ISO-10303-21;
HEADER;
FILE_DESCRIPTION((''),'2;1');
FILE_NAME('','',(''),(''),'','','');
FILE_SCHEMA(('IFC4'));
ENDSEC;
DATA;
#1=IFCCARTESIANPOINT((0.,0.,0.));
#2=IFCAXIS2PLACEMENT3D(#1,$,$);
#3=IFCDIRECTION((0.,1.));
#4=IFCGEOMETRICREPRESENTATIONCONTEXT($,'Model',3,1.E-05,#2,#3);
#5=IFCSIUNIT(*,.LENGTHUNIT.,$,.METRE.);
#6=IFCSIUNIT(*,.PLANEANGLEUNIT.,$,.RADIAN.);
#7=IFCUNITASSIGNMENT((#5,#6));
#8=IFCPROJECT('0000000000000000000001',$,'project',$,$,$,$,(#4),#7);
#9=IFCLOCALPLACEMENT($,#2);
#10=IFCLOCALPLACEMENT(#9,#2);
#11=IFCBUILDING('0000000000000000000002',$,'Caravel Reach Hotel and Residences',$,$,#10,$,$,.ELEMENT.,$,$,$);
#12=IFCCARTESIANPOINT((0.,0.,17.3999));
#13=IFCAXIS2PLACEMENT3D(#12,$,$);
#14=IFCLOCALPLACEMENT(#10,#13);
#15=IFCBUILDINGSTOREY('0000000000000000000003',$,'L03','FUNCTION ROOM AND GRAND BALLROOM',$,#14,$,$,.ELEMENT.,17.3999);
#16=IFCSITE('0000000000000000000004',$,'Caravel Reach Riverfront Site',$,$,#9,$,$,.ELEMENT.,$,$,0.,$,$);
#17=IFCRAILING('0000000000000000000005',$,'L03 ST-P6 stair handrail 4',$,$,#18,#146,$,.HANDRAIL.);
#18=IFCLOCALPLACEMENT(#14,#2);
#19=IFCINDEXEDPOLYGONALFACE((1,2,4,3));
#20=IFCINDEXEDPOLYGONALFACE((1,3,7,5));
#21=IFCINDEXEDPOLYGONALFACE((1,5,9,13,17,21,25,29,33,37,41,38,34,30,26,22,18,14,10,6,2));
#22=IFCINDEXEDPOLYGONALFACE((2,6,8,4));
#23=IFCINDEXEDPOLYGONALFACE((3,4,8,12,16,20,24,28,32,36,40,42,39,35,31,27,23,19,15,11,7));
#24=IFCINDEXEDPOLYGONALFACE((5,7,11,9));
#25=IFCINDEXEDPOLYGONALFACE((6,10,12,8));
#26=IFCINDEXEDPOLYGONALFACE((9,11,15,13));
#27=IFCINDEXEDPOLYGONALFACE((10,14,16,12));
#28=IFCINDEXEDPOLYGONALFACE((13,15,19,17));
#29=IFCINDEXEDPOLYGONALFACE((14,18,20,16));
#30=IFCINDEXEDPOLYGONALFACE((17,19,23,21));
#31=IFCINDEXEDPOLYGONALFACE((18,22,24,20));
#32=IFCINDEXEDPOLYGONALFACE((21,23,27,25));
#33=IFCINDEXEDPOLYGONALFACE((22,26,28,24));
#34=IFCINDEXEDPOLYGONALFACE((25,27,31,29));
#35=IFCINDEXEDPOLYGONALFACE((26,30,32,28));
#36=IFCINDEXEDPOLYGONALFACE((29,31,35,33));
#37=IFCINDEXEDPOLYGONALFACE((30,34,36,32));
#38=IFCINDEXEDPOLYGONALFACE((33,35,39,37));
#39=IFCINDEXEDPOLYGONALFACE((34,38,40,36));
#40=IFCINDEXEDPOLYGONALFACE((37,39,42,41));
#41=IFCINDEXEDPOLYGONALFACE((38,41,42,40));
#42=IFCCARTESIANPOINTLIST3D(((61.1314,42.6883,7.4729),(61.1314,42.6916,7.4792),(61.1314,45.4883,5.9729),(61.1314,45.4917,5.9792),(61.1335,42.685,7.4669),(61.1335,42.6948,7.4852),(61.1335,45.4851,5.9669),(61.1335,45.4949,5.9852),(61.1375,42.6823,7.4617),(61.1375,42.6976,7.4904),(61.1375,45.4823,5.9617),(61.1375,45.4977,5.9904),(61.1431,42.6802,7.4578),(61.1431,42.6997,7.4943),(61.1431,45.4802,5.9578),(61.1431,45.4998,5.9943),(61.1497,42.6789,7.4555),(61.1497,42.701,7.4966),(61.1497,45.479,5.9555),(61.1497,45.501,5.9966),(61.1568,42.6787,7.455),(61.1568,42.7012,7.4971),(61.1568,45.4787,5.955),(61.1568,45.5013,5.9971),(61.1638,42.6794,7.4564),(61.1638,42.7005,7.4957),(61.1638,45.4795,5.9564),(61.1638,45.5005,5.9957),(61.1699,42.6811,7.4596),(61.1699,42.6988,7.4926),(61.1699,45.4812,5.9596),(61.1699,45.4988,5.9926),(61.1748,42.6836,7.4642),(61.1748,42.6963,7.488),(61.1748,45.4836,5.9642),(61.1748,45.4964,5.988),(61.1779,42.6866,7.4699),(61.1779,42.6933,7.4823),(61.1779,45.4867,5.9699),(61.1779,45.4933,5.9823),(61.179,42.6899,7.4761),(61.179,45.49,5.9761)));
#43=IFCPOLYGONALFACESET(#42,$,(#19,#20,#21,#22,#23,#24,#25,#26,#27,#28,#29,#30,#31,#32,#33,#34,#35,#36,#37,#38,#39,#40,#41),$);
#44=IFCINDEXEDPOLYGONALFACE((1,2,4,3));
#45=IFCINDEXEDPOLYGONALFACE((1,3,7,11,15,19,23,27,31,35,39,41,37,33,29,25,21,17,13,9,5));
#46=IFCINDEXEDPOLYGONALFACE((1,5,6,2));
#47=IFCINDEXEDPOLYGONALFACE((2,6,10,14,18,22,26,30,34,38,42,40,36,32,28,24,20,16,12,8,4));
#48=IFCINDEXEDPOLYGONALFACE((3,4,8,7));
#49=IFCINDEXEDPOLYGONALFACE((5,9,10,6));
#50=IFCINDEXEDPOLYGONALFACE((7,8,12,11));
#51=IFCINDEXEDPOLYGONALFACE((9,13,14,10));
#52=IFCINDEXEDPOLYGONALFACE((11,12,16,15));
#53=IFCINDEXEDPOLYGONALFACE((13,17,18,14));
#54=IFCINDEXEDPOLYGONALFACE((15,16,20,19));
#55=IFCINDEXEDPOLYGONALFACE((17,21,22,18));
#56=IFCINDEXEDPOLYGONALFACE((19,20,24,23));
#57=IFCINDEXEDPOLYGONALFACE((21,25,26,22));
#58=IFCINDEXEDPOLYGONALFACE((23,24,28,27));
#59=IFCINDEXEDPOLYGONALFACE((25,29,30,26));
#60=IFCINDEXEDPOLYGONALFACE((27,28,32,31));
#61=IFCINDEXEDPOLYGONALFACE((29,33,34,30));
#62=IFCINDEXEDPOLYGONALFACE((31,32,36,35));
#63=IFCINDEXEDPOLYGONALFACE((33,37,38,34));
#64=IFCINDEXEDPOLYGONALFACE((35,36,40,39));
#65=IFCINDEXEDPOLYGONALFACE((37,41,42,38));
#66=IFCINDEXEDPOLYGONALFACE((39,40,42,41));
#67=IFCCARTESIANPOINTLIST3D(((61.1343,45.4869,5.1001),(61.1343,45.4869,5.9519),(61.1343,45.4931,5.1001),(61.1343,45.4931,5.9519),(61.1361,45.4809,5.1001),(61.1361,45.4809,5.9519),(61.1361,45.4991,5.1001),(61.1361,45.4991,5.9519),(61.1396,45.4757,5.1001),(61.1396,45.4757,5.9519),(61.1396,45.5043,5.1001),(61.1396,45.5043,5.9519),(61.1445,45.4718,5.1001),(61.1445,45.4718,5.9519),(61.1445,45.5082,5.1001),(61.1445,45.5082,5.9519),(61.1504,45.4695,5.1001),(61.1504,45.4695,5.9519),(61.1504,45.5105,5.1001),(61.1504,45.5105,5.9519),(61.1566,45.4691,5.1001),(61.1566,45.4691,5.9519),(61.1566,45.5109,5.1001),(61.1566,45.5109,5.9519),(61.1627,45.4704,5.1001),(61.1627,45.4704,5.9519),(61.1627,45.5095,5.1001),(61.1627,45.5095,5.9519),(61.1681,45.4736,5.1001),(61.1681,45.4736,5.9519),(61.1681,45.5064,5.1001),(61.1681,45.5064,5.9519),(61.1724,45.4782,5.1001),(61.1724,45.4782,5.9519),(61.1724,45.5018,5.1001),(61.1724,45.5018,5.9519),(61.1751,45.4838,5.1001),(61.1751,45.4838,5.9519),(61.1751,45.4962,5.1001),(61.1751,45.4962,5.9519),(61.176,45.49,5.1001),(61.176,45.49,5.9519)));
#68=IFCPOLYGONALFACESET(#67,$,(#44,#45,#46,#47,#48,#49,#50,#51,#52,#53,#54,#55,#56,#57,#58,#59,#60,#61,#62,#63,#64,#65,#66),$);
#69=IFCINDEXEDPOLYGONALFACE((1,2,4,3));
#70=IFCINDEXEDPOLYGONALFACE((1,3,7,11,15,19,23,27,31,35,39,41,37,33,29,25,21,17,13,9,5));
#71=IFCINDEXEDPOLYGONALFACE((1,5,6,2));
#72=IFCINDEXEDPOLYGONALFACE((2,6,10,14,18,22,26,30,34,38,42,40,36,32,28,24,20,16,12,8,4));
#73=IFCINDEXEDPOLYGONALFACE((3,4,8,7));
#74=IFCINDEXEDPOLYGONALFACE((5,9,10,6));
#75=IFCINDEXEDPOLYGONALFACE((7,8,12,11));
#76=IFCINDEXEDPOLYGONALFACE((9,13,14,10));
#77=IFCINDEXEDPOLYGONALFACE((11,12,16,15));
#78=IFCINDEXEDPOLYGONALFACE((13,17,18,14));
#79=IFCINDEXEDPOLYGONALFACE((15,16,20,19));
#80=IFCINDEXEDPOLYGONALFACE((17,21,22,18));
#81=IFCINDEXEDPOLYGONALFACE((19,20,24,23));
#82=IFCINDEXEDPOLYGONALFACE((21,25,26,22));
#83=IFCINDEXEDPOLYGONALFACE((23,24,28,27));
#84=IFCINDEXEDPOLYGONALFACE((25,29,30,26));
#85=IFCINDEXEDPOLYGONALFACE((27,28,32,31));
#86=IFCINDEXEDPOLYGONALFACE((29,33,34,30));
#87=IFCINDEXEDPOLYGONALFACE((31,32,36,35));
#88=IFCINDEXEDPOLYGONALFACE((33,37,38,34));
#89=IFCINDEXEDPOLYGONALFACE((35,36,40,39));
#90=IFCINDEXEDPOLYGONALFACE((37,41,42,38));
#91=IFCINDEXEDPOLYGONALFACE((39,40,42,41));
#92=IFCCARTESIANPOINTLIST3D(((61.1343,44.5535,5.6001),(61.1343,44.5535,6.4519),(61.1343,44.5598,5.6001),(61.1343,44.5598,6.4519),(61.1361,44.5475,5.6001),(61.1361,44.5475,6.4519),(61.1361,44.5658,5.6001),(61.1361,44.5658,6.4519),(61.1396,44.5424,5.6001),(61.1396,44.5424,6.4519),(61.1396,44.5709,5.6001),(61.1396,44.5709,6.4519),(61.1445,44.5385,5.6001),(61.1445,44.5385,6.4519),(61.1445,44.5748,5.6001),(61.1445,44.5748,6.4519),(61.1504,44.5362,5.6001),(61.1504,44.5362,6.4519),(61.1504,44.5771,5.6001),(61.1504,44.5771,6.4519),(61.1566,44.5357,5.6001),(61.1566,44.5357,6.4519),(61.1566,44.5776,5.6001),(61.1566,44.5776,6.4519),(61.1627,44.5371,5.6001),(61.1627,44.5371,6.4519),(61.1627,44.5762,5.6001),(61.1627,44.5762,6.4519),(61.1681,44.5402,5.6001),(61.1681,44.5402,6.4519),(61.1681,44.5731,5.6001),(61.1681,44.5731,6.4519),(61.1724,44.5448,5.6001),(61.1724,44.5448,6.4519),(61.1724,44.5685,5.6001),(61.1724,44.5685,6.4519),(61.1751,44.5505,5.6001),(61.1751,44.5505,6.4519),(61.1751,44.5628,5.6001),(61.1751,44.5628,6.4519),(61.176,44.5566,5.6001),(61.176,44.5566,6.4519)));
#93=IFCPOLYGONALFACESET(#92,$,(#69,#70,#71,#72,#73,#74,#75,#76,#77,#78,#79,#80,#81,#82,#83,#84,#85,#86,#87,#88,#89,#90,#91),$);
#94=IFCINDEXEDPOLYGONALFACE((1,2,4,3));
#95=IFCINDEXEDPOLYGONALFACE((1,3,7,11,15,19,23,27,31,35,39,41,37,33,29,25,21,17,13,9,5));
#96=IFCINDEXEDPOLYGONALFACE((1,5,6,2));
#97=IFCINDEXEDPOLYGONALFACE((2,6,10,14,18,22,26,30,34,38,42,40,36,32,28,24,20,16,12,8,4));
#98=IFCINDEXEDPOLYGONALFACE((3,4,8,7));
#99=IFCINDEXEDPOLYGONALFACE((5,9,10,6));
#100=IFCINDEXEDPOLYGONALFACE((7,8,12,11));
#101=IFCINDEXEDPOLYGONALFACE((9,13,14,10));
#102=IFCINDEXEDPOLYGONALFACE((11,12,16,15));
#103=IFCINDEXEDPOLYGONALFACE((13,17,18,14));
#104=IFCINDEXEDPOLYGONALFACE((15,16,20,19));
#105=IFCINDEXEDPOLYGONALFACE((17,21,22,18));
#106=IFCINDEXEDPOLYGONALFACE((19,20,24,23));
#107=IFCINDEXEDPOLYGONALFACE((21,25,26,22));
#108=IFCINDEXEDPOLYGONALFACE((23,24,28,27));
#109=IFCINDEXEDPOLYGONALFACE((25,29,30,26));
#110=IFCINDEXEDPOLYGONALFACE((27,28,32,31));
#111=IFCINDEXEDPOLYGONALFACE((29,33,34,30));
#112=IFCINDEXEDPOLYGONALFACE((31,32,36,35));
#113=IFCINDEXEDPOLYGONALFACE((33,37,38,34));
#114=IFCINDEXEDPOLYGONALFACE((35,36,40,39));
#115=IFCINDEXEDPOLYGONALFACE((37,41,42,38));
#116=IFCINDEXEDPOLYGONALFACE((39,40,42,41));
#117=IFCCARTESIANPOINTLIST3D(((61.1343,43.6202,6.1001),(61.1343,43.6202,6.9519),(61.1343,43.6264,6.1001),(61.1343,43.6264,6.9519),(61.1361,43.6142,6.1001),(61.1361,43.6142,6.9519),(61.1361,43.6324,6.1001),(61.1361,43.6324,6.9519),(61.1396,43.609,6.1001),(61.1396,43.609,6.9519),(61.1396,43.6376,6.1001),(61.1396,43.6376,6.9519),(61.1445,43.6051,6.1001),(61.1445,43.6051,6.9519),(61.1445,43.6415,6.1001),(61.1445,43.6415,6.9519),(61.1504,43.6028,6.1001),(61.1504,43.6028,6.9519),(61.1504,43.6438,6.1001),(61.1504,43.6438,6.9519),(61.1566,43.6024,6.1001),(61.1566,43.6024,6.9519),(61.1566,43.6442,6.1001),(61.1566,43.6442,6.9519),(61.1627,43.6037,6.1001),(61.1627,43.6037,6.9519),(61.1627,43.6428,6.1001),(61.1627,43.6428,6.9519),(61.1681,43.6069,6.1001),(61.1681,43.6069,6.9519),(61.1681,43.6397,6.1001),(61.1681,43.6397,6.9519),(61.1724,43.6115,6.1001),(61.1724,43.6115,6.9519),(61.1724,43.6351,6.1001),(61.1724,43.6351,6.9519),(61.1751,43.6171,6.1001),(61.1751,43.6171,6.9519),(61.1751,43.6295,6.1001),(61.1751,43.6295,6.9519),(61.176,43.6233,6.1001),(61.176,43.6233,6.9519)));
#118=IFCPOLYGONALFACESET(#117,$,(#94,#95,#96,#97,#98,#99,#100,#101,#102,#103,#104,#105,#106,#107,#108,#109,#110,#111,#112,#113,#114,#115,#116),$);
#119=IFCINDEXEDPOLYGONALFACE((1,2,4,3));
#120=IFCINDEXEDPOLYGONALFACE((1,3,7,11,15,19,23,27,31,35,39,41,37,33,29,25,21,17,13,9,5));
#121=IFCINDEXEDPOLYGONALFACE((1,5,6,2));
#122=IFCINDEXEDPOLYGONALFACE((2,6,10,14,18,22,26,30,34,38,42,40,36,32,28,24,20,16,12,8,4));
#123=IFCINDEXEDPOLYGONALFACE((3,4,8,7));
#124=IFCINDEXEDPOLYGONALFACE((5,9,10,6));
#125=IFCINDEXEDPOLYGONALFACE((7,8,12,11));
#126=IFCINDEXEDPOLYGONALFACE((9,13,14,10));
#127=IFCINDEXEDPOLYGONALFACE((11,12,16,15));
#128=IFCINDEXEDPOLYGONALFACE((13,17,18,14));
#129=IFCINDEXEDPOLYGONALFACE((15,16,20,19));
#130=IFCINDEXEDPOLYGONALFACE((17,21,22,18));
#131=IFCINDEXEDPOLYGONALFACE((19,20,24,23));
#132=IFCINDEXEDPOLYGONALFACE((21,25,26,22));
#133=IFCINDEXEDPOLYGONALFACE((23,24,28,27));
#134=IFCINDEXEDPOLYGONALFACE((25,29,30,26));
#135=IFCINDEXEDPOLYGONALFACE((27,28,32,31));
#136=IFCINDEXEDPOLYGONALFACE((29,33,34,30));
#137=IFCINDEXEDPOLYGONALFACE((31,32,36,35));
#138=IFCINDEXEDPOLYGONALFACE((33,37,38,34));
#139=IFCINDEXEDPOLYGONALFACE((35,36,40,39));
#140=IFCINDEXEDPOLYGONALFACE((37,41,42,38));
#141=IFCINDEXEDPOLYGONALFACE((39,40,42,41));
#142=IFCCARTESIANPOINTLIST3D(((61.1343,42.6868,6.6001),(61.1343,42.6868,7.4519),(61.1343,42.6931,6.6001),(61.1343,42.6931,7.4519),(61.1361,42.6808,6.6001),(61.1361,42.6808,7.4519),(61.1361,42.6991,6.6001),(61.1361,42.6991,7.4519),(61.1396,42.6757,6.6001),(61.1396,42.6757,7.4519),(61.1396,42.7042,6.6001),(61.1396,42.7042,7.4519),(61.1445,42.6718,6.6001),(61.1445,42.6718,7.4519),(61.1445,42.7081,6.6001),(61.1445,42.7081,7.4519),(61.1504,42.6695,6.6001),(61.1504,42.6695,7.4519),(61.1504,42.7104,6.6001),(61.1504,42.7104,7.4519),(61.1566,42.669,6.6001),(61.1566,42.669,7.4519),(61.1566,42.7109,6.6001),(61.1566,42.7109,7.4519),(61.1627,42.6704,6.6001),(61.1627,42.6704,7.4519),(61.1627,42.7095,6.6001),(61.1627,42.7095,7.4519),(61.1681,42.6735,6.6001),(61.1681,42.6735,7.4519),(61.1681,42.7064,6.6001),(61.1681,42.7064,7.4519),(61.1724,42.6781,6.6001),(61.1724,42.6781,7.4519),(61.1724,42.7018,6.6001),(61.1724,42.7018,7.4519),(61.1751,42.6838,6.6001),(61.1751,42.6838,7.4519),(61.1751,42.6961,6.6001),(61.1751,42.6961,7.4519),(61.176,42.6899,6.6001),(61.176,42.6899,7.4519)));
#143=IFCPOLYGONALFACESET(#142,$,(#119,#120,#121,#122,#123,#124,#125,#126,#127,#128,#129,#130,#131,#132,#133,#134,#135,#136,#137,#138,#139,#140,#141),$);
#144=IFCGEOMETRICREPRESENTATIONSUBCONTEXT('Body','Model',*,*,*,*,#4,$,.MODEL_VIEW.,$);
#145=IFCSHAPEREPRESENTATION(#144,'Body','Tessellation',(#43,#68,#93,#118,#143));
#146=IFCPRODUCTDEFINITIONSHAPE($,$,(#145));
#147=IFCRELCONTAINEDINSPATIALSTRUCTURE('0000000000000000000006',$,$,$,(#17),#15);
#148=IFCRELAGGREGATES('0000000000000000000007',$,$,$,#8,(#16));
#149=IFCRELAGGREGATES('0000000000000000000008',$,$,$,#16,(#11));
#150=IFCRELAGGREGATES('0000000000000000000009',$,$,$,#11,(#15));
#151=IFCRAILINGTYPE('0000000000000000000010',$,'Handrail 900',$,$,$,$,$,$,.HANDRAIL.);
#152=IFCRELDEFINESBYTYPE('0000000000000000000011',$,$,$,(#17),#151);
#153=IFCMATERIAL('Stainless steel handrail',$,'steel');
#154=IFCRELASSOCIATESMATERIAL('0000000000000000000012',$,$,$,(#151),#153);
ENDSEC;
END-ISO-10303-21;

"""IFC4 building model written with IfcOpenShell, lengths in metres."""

from ifc_helpers import new_model, si_unit, direction, frame, origin, origin_2d, place, context, subcontext, project, spatial, circle, extrude, material, type_object, element, save


model = new_model("IFC4")

# Units and contexts
model_context = context("Model", 3, precision=1e-05, world=origin(), true_north=direction((0.0, 1.0)))
body_context = subcontext(model_context, "Body", "Model", "MODEL_VIEW")
ifc_project = project(units=[si_unit("LENGTHUNIT", "METRE"), si_unit("PLANEANGLEUNIT", "RADIAN")], contexts=[model_context])

# Site, building, storey
site_placement = place(None, origin())
site = spatial("IfcSite", under=ifc_project, at=site_placement, Name="Caravel Reach Riverfront Site", CompositionType="ELEMENT", RefElevation=0.0)
building_placement = place(site_placement, origin())
building = spatial("IfcBuilding", under=site, at=building_placement, Name="Caravel Reach Hotel and Residences", CompositionType="ELEMENT")
storey_placement = place(building_placement, frame((0.0, 0.0, 17.3999)))
storey = spatial("IfcBuildingStorey", under=building, at=storey_placement, Name="L03", Description="FUNCTION ROOM AND GRAND BALLROOM", CompositionType="ELEMENT", Elevation=17.3999)

# Railing
ifc_material_1 = material(Name="Stainless steel handrail", Category="steel")
railing_type_1 = type_object("IfcRailingType", Name="Handrail 900", PredefinedType="HANDRAIL", material=ifc_material_1)
for number, where, name in (
    (1, (61.155, 45.49, 5.1001), "L03 ST-P6 stair handrail 4"),
):
    element("IfcRailing", number, at=place(storey_placement, frame(where)), inside=storey, type_object=railing_type_1, Name=name, PredefinedType="HANDRAIL", context=body_context, shape_type="SweptSolid", body=[
        extrude(circle(Radius=0.0239, at=origin_2d()), frame((0.0, 0.0, 0.876), z_axis=(0.0, -0.881483, 0.472215), x_axis=(1.0, 0.0, 0.0)), (0.0, 0.0, 1.0), 3.1765),
        extrude(circle(Radius=0.021, at=origin_2d()), origin(), (0.0, 0.0, 1.0), 0.8518),
        extrude(circle(Radius=0.021, at=origin_2d()), frame((0.0, -0.9333, 0.5)), (0.0, 0.0, 1.0), 0.8518),
        extrude(circle(Radius=0.021, at=origin_2d()), frame((0.0, -1.8667, 1.0)), (0.0, 0.0, 1.0), 0.8518),
        extrude(circle(Radius=0.021, at=origin_2d()), frame((0.0, -2.8, 1.5)), (0.0, 0.0, 1.0), 0.8518),
    ])

save(model, "model.ifc")
